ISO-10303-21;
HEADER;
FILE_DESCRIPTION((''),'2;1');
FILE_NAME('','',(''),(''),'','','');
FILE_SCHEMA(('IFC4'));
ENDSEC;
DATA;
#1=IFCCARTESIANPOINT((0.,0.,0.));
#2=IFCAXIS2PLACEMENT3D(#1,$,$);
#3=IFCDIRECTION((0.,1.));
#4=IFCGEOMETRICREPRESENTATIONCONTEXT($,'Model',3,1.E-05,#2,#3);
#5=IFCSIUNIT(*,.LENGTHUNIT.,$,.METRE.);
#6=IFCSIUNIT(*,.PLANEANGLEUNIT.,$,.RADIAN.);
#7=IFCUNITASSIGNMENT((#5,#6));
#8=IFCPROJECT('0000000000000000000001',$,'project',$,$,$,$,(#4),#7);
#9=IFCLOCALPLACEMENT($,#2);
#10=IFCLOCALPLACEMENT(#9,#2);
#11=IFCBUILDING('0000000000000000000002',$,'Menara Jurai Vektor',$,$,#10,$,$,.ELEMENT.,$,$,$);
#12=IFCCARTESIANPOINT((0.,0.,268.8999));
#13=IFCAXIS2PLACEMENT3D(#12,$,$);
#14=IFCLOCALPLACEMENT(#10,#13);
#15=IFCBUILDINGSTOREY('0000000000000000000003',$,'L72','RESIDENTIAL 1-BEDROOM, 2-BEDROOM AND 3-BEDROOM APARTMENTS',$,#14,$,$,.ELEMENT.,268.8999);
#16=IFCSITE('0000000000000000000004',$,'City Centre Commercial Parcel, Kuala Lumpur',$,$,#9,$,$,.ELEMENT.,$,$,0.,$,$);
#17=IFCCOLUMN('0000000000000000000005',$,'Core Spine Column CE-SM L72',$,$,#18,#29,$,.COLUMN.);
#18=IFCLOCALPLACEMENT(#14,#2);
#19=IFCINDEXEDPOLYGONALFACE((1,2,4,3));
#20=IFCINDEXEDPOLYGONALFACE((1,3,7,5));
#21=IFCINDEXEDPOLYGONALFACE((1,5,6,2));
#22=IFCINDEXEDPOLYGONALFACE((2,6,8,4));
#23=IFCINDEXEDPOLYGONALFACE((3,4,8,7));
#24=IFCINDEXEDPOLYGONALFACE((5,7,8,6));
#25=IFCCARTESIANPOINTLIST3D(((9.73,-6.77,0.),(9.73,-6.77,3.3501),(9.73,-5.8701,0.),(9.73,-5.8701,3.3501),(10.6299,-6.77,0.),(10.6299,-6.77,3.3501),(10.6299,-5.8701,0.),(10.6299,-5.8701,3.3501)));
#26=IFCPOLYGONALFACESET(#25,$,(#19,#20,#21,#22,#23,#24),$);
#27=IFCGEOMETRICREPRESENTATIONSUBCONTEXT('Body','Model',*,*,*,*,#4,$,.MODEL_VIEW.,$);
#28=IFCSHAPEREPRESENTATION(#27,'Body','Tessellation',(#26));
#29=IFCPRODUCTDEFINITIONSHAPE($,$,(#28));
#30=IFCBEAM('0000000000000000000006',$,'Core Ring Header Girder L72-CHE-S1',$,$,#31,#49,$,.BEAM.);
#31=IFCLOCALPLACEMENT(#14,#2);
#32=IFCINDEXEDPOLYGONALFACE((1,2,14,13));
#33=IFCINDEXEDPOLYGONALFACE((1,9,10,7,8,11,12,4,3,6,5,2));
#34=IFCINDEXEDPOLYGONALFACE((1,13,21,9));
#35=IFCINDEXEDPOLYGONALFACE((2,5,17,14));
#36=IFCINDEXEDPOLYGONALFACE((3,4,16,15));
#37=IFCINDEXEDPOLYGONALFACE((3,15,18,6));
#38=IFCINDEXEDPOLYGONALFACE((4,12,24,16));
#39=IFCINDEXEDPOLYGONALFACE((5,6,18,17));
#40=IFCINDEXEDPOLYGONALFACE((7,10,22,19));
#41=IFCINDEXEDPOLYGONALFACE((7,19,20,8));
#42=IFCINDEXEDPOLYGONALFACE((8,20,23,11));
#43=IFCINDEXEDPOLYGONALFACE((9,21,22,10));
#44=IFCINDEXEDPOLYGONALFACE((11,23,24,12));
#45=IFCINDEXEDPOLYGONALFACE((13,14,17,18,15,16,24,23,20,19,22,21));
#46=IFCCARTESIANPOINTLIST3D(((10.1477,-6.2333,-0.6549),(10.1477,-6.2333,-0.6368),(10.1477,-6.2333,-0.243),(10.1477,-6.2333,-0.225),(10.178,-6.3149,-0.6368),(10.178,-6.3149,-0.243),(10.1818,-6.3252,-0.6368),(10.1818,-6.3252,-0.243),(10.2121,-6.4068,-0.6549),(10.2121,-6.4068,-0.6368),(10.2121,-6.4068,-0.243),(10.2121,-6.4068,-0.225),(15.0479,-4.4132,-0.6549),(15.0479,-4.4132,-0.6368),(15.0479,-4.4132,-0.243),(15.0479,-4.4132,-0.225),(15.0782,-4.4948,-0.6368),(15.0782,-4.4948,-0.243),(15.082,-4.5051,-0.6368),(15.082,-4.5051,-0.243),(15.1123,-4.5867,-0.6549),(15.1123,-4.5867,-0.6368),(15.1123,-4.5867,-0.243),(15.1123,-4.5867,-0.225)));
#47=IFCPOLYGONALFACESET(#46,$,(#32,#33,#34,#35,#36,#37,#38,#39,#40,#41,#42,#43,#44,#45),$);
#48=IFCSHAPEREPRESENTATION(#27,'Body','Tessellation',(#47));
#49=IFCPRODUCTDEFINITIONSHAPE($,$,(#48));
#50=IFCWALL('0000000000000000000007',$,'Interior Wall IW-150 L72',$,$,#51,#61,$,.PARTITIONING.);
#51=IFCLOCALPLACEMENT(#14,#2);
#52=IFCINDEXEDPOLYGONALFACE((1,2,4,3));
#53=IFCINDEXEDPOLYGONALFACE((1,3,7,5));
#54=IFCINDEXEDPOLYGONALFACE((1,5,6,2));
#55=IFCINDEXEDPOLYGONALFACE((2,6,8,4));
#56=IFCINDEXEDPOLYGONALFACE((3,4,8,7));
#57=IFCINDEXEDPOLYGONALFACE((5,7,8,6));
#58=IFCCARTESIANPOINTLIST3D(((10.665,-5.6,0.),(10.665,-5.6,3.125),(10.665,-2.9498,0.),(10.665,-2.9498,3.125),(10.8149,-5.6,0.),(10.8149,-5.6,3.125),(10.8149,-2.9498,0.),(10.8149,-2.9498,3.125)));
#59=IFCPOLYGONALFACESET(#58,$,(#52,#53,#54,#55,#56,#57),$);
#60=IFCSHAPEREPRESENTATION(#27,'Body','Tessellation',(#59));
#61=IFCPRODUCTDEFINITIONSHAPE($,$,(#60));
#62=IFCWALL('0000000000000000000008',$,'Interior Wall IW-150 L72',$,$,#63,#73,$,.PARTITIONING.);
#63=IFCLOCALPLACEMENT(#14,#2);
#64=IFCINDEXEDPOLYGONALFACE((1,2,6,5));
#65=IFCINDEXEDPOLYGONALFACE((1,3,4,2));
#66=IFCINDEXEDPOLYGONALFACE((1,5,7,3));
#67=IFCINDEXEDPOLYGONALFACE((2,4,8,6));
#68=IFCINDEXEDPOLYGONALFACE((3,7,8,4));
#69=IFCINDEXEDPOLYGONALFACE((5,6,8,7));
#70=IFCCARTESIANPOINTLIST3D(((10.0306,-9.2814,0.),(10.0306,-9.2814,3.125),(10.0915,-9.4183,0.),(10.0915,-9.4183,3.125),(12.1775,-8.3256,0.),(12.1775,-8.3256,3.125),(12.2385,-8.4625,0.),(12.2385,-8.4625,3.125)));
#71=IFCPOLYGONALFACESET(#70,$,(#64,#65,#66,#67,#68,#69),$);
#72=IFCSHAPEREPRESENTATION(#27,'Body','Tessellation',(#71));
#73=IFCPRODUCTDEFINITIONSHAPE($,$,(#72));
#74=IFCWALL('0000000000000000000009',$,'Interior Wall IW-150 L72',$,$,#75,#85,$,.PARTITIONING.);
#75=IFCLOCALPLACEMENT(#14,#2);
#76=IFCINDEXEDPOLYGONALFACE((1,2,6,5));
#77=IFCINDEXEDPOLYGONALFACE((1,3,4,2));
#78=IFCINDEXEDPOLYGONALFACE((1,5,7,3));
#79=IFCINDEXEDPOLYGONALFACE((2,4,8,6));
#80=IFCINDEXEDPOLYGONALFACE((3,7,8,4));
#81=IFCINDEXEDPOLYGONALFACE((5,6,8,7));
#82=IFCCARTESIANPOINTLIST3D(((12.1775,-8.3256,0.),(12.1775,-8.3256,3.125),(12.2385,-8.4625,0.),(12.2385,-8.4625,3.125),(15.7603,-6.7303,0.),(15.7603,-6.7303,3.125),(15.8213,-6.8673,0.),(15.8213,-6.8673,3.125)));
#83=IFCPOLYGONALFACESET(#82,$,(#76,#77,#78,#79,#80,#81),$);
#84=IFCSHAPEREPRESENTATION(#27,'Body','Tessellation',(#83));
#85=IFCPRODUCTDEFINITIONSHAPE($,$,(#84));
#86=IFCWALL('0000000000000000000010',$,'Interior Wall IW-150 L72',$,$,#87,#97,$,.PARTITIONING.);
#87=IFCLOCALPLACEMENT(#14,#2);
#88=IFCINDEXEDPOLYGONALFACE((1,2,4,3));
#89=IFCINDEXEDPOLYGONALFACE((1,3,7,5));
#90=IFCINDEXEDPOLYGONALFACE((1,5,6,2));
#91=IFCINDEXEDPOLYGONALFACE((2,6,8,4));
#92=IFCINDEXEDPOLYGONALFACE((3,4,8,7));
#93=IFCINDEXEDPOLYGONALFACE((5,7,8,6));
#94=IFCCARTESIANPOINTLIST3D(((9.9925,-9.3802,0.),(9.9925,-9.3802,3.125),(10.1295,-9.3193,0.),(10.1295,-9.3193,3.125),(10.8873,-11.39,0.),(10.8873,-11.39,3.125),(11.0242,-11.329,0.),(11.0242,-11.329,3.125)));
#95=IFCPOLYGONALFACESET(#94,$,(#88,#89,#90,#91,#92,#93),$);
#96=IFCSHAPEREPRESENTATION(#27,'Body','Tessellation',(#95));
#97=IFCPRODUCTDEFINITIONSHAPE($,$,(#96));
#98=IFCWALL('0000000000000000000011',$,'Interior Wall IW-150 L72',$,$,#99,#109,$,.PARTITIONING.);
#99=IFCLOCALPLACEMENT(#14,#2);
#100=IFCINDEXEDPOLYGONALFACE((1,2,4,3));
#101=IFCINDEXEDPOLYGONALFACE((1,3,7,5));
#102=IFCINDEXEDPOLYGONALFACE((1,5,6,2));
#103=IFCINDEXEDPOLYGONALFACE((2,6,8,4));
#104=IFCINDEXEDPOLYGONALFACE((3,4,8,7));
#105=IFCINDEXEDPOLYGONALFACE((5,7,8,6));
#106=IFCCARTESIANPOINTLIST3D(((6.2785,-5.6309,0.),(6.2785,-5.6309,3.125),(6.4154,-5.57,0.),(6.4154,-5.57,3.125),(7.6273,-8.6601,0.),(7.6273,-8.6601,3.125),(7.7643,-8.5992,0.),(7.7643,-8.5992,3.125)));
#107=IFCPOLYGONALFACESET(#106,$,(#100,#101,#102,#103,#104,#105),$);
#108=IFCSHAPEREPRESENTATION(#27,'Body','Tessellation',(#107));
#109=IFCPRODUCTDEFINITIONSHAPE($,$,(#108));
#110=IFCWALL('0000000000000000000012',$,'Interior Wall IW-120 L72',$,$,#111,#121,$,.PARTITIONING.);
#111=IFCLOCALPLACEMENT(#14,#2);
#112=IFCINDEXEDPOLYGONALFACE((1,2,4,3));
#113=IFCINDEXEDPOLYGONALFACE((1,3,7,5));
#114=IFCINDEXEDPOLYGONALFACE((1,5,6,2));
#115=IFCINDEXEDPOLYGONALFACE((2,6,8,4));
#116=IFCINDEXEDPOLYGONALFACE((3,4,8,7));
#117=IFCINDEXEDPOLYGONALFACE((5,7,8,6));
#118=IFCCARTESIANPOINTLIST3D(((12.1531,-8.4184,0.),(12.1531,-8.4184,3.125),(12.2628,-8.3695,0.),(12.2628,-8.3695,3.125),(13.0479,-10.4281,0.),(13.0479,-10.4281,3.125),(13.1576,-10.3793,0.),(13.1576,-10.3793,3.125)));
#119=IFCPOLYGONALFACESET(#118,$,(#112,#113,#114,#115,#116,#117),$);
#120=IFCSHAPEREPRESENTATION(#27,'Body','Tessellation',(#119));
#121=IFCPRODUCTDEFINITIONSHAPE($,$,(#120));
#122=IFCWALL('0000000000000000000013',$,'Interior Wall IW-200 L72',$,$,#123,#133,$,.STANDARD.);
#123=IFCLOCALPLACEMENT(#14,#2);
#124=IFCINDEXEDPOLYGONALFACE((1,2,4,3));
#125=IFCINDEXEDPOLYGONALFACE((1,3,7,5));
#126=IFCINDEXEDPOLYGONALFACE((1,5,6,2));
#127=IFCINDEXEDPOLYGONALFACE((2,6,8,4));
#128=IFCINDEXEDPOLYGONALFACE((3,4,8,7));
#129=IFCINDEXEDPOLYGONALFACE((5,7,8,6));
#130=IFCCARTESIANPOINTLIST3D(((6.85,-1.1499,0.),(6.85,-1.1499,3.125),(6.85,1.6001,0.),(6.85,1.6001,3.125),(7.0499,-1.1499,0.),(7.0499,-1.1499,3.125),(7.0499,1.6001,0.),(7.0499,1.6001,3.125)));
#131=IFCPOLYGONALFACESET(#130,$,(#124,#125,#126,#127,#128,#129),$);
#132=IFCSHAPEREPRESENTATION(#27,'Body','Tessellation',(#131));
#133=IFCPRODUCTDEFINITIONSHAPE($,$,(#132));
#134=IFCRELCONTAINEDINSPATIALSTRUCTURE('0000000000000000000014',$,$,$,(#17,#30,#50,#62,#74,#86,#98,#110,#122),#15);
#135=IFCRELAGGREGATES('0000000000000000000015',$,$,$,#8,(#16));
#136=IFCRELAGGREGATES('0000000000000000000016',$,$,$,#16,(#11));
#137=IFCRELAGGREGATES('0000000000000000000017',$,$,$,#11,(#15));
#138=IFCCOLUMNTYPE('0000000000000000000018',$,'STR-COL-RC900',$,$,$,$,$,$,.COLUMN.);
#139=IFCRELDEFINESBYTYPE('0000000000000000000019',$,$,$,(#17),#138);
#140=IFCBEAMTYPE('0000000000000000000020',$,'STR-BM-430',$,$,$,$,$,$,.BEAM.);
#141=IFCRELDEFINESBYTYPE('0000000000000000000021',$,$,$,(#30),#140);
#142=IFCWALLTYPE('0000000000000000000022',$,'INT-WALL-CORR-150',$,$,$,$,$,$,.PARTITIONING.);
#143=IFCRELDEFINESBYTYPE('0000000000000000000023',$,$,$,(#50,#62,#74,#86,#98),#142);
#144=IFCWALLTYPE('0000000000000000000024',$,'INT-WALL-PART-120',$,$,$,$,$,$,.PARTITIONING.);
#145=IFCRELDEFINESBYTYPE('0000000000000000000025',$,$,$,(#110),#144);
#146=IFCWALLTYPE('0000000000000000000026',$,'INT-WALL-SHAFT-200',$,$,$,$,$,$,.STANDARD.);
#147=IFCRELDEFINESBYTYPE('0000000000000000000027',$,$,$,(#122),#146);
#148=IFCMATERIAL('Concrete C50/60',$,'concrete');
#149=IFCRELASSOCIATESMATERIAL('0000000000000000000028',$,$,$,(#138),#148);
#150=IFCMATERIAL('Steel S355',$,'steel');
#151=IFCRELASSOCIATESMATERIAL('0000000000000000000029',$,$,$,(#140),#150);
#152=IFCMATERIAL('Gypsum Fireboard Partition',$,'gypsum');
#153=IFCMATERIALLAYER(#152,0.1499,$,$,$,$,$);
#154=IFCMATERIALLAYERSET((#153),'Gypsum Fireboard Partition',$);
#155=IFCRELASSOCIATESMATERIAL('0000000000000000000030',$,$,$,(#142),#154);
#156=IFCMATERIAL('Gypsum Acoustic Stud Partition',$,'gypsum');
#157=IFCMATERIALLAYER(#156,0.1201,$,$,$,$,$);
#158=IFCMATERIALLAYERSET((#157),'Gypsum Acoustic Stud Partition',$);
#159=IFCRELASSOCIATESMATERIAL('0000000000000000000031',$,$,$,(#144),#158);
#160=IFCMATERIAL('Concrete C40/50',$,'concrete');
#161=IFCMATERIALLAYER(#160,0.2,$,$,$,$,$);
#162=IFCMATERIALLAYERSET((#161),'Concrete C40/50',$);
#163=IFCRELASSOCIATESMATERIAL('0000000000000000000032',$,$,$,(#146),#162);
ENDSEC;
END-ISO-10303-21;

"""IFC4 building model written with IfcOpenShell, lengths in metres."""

from ifc_helpers import new_model, si_unit, direction, frame, frame_2d, origin, origin_2d, place, context, subcontext, project, spatial, rectangle, i_section, extrude, material, layer, layer_set, material_profile, profile_set, type_object, element, save


model = new_model("IFC4")

# Units and contexts
model_context = context("Model", 3, precision=1e-05, world=origin(), true_north=direction((0.0, 1.0)))
body_context = subcontext(model_context, "Body", "Model", "MODEL_VIEW")
ifc_project = project(units=[si_unit("LENGTHUNIT", "METRE"), si_unit("PLANEANGLEUNIT", "RADIAN")], contexts=[model_context])

# Site, building, storey
site_placement = place(None, origin())
site = spatial("IfcSite", under=ifc_project, at=site_placement, Name="City Centre Commercial Parcel, Kuala Lumpur", CompositionType="ELEMENT", RefElevation=0.0)
building_placement = place(site_placement, origin())
building = spatial("IfcBuilding", under=site, at=building_placement, Name="Menara Jurai Vektor", CompositionType="ELEMENT")
storey_placement = place(building_placement, frame((0.0, 0.0, 268.8999)))
storey = spatial("IfcBuildingStorey", under=building, at=storey_placement, Name="L72", Description="RESIDENTIAL 1-BEDROOM, 2-BEDROOM AND 3-BEDROOM APARTMENTS", CompositionType="ELEMENT", Elevation=268.8999)

# Column
ifc_material_1 = material(Name="Concrete C50/60", Category="concrete")
ifc_material_profile_1 = material_profile(ifc_material_1, rectangle(XDim=0.8999, YDim=0.8999, at=origin_2d()), Name="RC 900x900")
ifc_profile_set_1 = profile_set([ifc_material_profile_1], Name="Concrete C50/60")
column_type = type_object("IfcColumnType", Name="STR-COL-RC900", PredefinedType="COLUMN", material=ifc_profile_set_1)
column_placement = place(storey_placement, frame((10.1799, -6.3201, 0.0), z_axis=(0.0, 0.0, 1.0), x_axis=(1.0, 0.0, 0.0)))
element("IfcColumn", 1, at=column_placement, inside=storey, type_object=column_type, Name="Core Spine Column CE-SM L72", PredefinedType="COLUMN", context=body_context, shape_type="SweptSolid", body=[
    extrude(rectangle(XDim=0.8999, YDim=0.8999, at=origin_2d()), origin(), (0.0, 0.0, 1.0), 3.3501),
])

# Beam
ifc_material_2 = material(Name="Steel S355", Category="steel")
ifc_material_profile_2 = material_profile(ifc_material_2, i_section(OverallWidth=0.1851, OverallDepth=0.4299, WebThickness=0.011, FlangeThickness=0.0181, at=origin_2d()), Name="PG 430x185x76")
ifc_profile_set_2 = profile_set([ifc_material_profile_2], Name="Steel S355")
beam_type = type_object("IfcBeamType", Name="STR-BM-430", PredefinedType="BEAM", material=ifc_profile_set_2)
beam_placement = place(storey_placement, frame((10.1799, -6.3201, -0.4399), z_axis=(0.937424, 0.348189, 0.0), x_axis=(-0.348189, 0.937424, 0.0)))
element("IfcBeam", 2, at=beam_placement, inside=storey, type_object=beam_type, Name="Core Ring Header Girder L72-CHE-S1", PredefinedType="BEAM", context=body_context, shape_type="SweptSolid", body=[
    extrude(i_section(OverallWidth=0.1851, OverallDepth=0.4299, WebThickness=0.011, FlangeThickness=0.0181, at=origin_2d()), origin(), (0.0, 0.0, 1.0), 5.2273),
])

# Wall
ifc_material_3 = material(Name="Gypsum Fireboard Partition", Category="gypsum")
ifc_layer_1 = layer(ifc_material_3, 0.1499)
ifc_layer_set_1 = layer_set([ifc_layer_1], Name="Gypsum Fireboard Partition")
wall_type_1 = type_object("IfcWallType", Name="INT-WALL-CORR-150", PredefinedType="PARTITIONING", material=ifc_layer_set_1)
wall_1_placement = place(storey_placement, frame((10.74, -5.6001, 0.0), z_axis=(0.0, 0.0, 1.0), x_axis=(0.0, 1.0, 0.0)))
element("IfcWall", 3, at=wall_1_placement, inside=storey, type_object=wall_type_1, Name="Interior Wall IW-150 L72", PredefinedType="PARTITIONING", context=body_context, shape_type="SweptSolid", body=[
    extrude(rectangle(XDim=2.6501, YDim=0.1499, at=frame_2d((1.3252, 0.0))), origin(), (0.0, 0.0, 1.0), 3.125),
])

# Walls
wall_2_placement = place(storey_placement, frame((10.061, -9.3499, 0.0), z_axis=(0.0, 0.0, 1.0), x_axis=(0.913559, 0.406707, 0.0)))
element("IfcWall", 4, at=wall_2_placement, inside=storey, type_object=wall_type_1, Name="Interior Wall IW-150 L72", PredefinedType="PARTITIONING", context=body_context, shape_type="SweptSolid", body=[
    extrude(rectangle(XDim=2.3501, YDim=0.1499, at=frame_2d((1.175, 0.0))), origin(), (0.0, 0.0, 1.0), 3.125),
])
wall_3_placement = place(storey_placement, frame((12.208, -8.394, 0.0), z_axis=(0.0, 0.0, 1.0), x_axis=(0.913539, 0.406751, 0.0)))
element("IfcWall", 5, at=wall_3_placement, inside=storey, type_object=wall_type_1, Name="Interior Wall IW-150 L72", PredefinedType="PARTITIONING", context=body_context, shape_type="SweptSolid", body=[
    extrude(rectangle(XDim=3.9219, YDim=0.1499, at=frame_2d((1.9609, 0.0))), origin(), (0.0, 0.0, 1.0), 3.125),
])

# Wall
wall_4_placement = place(storey_placement, frame((10.9558, -11.3596, 0.0), z_axis=(0.0, 0.0, 1.0), x_axis=(-0.406725, 0.913551, 0.0)))
element("IfcWall", 6, at=wall_4_placement, inside=storey, type_object=wall_type_1, Name="Interior Wall IW-150 L72", PredefinedType="PARTITIONING", context=body_context, shape_type="SweptSolid", body=[
    extrude(rectangle(XDim=2.2, YDim=0.1499, at=frame_2d((1.1001, 0.0))), origin(), (0.0, 0.0, 1.0), 3.125),
])

# Walls
wall_5_placement = place(storey_placement, frame((7.6958, -8.6296, 0.0), z_axis=(0.0, 0.0, 1.0), x_axis=(-0.406774, 0.913529, 0.0)))
element("IfcWall", 7, at=wall_5_placement, inside=storey, type_object=wall_type_1, Name="Interior Wall IW-150 L72", PredefinedType="PARTITIONING", context=body_context, shape_type="SweptSolid", body=[
    extrude(rectangle(XDim=3.3159, YDim=0.1499, at=frame_2d((1.658, 0.0))), origin(), (0.0, 0.0, 1.0), 3.125),
])
ifc_material_4 = material(Name="Gypsum Acoustic Stud Partition", Category="gypsum")
ifc_layer_2 = layer(ifc_material_4, 0.1201)
ifc_layer_set_2 = layer_set([ifc_layer_2], Name="Gypsum Acoustic Stud Partition")
wall_type_2 = type_object("IfcWallType", Name="INT-WALL-PART-120", PredefinedType="PARTITIONING", material=ifc_layer_set_2)
wall_6_placement = place(storey_placement, frame((13.1028, -10.4038, 0.0), z_axis=(0.0, 0.0, 1.0), x_axis=(-0.406725, 0.913551, 0.0)))
element("IfcWall", 8, at=wall_6_placement, inside=storey, type_object=wall_type_2, Name="Interior Wall IW-120 L72", PredefinedType="PARTITIONING", context=body_context, shape_type="SweptSolid", body=[
    extrude(rectangle(XDim=2.2, YDim=0.1201, at=frame_2d((1.1001, 0.0))), origin(), (0.0, 0.0, 1.0), 3.125),
])
ifc_material_5 = material(Name="Concrete C40/50", Category="concrete")
ifc_layer_3 = layer(ifc_material_5, 0.2)
ifc_layer_set_3 = layer_set([ifc_layer_3], Name="Concrete C40/50")
wall_type_3 = type_object("IfcWallType", Name="INT-WALL-SHAFT-200", PredefinedType="STANDARD", material=ifc_layer_set_3)
wall_7_placement = place(storey_placement, frame((6.95, -1.1499, 0.0), z_axis=(0.0, 0.0, 1.0), x_axis=(0.0, 1.0, 0.0)))
element("IfcWall", 9, at=wall_7_placement, inside=storey, type_object=wall_type_3, Name="Interior Wall IW-200 L72", PredefinedType="STANDARD", context=body_context, shape_type="SweptSolid", body=[
    extrude(rectangle(XDim=2.75, YDim=0.2, at=frame_2d((1.375, 0.0))), origin(), (0.0, 0.0, 1.0), 3.125),
])

save(model, "model.ifc")
